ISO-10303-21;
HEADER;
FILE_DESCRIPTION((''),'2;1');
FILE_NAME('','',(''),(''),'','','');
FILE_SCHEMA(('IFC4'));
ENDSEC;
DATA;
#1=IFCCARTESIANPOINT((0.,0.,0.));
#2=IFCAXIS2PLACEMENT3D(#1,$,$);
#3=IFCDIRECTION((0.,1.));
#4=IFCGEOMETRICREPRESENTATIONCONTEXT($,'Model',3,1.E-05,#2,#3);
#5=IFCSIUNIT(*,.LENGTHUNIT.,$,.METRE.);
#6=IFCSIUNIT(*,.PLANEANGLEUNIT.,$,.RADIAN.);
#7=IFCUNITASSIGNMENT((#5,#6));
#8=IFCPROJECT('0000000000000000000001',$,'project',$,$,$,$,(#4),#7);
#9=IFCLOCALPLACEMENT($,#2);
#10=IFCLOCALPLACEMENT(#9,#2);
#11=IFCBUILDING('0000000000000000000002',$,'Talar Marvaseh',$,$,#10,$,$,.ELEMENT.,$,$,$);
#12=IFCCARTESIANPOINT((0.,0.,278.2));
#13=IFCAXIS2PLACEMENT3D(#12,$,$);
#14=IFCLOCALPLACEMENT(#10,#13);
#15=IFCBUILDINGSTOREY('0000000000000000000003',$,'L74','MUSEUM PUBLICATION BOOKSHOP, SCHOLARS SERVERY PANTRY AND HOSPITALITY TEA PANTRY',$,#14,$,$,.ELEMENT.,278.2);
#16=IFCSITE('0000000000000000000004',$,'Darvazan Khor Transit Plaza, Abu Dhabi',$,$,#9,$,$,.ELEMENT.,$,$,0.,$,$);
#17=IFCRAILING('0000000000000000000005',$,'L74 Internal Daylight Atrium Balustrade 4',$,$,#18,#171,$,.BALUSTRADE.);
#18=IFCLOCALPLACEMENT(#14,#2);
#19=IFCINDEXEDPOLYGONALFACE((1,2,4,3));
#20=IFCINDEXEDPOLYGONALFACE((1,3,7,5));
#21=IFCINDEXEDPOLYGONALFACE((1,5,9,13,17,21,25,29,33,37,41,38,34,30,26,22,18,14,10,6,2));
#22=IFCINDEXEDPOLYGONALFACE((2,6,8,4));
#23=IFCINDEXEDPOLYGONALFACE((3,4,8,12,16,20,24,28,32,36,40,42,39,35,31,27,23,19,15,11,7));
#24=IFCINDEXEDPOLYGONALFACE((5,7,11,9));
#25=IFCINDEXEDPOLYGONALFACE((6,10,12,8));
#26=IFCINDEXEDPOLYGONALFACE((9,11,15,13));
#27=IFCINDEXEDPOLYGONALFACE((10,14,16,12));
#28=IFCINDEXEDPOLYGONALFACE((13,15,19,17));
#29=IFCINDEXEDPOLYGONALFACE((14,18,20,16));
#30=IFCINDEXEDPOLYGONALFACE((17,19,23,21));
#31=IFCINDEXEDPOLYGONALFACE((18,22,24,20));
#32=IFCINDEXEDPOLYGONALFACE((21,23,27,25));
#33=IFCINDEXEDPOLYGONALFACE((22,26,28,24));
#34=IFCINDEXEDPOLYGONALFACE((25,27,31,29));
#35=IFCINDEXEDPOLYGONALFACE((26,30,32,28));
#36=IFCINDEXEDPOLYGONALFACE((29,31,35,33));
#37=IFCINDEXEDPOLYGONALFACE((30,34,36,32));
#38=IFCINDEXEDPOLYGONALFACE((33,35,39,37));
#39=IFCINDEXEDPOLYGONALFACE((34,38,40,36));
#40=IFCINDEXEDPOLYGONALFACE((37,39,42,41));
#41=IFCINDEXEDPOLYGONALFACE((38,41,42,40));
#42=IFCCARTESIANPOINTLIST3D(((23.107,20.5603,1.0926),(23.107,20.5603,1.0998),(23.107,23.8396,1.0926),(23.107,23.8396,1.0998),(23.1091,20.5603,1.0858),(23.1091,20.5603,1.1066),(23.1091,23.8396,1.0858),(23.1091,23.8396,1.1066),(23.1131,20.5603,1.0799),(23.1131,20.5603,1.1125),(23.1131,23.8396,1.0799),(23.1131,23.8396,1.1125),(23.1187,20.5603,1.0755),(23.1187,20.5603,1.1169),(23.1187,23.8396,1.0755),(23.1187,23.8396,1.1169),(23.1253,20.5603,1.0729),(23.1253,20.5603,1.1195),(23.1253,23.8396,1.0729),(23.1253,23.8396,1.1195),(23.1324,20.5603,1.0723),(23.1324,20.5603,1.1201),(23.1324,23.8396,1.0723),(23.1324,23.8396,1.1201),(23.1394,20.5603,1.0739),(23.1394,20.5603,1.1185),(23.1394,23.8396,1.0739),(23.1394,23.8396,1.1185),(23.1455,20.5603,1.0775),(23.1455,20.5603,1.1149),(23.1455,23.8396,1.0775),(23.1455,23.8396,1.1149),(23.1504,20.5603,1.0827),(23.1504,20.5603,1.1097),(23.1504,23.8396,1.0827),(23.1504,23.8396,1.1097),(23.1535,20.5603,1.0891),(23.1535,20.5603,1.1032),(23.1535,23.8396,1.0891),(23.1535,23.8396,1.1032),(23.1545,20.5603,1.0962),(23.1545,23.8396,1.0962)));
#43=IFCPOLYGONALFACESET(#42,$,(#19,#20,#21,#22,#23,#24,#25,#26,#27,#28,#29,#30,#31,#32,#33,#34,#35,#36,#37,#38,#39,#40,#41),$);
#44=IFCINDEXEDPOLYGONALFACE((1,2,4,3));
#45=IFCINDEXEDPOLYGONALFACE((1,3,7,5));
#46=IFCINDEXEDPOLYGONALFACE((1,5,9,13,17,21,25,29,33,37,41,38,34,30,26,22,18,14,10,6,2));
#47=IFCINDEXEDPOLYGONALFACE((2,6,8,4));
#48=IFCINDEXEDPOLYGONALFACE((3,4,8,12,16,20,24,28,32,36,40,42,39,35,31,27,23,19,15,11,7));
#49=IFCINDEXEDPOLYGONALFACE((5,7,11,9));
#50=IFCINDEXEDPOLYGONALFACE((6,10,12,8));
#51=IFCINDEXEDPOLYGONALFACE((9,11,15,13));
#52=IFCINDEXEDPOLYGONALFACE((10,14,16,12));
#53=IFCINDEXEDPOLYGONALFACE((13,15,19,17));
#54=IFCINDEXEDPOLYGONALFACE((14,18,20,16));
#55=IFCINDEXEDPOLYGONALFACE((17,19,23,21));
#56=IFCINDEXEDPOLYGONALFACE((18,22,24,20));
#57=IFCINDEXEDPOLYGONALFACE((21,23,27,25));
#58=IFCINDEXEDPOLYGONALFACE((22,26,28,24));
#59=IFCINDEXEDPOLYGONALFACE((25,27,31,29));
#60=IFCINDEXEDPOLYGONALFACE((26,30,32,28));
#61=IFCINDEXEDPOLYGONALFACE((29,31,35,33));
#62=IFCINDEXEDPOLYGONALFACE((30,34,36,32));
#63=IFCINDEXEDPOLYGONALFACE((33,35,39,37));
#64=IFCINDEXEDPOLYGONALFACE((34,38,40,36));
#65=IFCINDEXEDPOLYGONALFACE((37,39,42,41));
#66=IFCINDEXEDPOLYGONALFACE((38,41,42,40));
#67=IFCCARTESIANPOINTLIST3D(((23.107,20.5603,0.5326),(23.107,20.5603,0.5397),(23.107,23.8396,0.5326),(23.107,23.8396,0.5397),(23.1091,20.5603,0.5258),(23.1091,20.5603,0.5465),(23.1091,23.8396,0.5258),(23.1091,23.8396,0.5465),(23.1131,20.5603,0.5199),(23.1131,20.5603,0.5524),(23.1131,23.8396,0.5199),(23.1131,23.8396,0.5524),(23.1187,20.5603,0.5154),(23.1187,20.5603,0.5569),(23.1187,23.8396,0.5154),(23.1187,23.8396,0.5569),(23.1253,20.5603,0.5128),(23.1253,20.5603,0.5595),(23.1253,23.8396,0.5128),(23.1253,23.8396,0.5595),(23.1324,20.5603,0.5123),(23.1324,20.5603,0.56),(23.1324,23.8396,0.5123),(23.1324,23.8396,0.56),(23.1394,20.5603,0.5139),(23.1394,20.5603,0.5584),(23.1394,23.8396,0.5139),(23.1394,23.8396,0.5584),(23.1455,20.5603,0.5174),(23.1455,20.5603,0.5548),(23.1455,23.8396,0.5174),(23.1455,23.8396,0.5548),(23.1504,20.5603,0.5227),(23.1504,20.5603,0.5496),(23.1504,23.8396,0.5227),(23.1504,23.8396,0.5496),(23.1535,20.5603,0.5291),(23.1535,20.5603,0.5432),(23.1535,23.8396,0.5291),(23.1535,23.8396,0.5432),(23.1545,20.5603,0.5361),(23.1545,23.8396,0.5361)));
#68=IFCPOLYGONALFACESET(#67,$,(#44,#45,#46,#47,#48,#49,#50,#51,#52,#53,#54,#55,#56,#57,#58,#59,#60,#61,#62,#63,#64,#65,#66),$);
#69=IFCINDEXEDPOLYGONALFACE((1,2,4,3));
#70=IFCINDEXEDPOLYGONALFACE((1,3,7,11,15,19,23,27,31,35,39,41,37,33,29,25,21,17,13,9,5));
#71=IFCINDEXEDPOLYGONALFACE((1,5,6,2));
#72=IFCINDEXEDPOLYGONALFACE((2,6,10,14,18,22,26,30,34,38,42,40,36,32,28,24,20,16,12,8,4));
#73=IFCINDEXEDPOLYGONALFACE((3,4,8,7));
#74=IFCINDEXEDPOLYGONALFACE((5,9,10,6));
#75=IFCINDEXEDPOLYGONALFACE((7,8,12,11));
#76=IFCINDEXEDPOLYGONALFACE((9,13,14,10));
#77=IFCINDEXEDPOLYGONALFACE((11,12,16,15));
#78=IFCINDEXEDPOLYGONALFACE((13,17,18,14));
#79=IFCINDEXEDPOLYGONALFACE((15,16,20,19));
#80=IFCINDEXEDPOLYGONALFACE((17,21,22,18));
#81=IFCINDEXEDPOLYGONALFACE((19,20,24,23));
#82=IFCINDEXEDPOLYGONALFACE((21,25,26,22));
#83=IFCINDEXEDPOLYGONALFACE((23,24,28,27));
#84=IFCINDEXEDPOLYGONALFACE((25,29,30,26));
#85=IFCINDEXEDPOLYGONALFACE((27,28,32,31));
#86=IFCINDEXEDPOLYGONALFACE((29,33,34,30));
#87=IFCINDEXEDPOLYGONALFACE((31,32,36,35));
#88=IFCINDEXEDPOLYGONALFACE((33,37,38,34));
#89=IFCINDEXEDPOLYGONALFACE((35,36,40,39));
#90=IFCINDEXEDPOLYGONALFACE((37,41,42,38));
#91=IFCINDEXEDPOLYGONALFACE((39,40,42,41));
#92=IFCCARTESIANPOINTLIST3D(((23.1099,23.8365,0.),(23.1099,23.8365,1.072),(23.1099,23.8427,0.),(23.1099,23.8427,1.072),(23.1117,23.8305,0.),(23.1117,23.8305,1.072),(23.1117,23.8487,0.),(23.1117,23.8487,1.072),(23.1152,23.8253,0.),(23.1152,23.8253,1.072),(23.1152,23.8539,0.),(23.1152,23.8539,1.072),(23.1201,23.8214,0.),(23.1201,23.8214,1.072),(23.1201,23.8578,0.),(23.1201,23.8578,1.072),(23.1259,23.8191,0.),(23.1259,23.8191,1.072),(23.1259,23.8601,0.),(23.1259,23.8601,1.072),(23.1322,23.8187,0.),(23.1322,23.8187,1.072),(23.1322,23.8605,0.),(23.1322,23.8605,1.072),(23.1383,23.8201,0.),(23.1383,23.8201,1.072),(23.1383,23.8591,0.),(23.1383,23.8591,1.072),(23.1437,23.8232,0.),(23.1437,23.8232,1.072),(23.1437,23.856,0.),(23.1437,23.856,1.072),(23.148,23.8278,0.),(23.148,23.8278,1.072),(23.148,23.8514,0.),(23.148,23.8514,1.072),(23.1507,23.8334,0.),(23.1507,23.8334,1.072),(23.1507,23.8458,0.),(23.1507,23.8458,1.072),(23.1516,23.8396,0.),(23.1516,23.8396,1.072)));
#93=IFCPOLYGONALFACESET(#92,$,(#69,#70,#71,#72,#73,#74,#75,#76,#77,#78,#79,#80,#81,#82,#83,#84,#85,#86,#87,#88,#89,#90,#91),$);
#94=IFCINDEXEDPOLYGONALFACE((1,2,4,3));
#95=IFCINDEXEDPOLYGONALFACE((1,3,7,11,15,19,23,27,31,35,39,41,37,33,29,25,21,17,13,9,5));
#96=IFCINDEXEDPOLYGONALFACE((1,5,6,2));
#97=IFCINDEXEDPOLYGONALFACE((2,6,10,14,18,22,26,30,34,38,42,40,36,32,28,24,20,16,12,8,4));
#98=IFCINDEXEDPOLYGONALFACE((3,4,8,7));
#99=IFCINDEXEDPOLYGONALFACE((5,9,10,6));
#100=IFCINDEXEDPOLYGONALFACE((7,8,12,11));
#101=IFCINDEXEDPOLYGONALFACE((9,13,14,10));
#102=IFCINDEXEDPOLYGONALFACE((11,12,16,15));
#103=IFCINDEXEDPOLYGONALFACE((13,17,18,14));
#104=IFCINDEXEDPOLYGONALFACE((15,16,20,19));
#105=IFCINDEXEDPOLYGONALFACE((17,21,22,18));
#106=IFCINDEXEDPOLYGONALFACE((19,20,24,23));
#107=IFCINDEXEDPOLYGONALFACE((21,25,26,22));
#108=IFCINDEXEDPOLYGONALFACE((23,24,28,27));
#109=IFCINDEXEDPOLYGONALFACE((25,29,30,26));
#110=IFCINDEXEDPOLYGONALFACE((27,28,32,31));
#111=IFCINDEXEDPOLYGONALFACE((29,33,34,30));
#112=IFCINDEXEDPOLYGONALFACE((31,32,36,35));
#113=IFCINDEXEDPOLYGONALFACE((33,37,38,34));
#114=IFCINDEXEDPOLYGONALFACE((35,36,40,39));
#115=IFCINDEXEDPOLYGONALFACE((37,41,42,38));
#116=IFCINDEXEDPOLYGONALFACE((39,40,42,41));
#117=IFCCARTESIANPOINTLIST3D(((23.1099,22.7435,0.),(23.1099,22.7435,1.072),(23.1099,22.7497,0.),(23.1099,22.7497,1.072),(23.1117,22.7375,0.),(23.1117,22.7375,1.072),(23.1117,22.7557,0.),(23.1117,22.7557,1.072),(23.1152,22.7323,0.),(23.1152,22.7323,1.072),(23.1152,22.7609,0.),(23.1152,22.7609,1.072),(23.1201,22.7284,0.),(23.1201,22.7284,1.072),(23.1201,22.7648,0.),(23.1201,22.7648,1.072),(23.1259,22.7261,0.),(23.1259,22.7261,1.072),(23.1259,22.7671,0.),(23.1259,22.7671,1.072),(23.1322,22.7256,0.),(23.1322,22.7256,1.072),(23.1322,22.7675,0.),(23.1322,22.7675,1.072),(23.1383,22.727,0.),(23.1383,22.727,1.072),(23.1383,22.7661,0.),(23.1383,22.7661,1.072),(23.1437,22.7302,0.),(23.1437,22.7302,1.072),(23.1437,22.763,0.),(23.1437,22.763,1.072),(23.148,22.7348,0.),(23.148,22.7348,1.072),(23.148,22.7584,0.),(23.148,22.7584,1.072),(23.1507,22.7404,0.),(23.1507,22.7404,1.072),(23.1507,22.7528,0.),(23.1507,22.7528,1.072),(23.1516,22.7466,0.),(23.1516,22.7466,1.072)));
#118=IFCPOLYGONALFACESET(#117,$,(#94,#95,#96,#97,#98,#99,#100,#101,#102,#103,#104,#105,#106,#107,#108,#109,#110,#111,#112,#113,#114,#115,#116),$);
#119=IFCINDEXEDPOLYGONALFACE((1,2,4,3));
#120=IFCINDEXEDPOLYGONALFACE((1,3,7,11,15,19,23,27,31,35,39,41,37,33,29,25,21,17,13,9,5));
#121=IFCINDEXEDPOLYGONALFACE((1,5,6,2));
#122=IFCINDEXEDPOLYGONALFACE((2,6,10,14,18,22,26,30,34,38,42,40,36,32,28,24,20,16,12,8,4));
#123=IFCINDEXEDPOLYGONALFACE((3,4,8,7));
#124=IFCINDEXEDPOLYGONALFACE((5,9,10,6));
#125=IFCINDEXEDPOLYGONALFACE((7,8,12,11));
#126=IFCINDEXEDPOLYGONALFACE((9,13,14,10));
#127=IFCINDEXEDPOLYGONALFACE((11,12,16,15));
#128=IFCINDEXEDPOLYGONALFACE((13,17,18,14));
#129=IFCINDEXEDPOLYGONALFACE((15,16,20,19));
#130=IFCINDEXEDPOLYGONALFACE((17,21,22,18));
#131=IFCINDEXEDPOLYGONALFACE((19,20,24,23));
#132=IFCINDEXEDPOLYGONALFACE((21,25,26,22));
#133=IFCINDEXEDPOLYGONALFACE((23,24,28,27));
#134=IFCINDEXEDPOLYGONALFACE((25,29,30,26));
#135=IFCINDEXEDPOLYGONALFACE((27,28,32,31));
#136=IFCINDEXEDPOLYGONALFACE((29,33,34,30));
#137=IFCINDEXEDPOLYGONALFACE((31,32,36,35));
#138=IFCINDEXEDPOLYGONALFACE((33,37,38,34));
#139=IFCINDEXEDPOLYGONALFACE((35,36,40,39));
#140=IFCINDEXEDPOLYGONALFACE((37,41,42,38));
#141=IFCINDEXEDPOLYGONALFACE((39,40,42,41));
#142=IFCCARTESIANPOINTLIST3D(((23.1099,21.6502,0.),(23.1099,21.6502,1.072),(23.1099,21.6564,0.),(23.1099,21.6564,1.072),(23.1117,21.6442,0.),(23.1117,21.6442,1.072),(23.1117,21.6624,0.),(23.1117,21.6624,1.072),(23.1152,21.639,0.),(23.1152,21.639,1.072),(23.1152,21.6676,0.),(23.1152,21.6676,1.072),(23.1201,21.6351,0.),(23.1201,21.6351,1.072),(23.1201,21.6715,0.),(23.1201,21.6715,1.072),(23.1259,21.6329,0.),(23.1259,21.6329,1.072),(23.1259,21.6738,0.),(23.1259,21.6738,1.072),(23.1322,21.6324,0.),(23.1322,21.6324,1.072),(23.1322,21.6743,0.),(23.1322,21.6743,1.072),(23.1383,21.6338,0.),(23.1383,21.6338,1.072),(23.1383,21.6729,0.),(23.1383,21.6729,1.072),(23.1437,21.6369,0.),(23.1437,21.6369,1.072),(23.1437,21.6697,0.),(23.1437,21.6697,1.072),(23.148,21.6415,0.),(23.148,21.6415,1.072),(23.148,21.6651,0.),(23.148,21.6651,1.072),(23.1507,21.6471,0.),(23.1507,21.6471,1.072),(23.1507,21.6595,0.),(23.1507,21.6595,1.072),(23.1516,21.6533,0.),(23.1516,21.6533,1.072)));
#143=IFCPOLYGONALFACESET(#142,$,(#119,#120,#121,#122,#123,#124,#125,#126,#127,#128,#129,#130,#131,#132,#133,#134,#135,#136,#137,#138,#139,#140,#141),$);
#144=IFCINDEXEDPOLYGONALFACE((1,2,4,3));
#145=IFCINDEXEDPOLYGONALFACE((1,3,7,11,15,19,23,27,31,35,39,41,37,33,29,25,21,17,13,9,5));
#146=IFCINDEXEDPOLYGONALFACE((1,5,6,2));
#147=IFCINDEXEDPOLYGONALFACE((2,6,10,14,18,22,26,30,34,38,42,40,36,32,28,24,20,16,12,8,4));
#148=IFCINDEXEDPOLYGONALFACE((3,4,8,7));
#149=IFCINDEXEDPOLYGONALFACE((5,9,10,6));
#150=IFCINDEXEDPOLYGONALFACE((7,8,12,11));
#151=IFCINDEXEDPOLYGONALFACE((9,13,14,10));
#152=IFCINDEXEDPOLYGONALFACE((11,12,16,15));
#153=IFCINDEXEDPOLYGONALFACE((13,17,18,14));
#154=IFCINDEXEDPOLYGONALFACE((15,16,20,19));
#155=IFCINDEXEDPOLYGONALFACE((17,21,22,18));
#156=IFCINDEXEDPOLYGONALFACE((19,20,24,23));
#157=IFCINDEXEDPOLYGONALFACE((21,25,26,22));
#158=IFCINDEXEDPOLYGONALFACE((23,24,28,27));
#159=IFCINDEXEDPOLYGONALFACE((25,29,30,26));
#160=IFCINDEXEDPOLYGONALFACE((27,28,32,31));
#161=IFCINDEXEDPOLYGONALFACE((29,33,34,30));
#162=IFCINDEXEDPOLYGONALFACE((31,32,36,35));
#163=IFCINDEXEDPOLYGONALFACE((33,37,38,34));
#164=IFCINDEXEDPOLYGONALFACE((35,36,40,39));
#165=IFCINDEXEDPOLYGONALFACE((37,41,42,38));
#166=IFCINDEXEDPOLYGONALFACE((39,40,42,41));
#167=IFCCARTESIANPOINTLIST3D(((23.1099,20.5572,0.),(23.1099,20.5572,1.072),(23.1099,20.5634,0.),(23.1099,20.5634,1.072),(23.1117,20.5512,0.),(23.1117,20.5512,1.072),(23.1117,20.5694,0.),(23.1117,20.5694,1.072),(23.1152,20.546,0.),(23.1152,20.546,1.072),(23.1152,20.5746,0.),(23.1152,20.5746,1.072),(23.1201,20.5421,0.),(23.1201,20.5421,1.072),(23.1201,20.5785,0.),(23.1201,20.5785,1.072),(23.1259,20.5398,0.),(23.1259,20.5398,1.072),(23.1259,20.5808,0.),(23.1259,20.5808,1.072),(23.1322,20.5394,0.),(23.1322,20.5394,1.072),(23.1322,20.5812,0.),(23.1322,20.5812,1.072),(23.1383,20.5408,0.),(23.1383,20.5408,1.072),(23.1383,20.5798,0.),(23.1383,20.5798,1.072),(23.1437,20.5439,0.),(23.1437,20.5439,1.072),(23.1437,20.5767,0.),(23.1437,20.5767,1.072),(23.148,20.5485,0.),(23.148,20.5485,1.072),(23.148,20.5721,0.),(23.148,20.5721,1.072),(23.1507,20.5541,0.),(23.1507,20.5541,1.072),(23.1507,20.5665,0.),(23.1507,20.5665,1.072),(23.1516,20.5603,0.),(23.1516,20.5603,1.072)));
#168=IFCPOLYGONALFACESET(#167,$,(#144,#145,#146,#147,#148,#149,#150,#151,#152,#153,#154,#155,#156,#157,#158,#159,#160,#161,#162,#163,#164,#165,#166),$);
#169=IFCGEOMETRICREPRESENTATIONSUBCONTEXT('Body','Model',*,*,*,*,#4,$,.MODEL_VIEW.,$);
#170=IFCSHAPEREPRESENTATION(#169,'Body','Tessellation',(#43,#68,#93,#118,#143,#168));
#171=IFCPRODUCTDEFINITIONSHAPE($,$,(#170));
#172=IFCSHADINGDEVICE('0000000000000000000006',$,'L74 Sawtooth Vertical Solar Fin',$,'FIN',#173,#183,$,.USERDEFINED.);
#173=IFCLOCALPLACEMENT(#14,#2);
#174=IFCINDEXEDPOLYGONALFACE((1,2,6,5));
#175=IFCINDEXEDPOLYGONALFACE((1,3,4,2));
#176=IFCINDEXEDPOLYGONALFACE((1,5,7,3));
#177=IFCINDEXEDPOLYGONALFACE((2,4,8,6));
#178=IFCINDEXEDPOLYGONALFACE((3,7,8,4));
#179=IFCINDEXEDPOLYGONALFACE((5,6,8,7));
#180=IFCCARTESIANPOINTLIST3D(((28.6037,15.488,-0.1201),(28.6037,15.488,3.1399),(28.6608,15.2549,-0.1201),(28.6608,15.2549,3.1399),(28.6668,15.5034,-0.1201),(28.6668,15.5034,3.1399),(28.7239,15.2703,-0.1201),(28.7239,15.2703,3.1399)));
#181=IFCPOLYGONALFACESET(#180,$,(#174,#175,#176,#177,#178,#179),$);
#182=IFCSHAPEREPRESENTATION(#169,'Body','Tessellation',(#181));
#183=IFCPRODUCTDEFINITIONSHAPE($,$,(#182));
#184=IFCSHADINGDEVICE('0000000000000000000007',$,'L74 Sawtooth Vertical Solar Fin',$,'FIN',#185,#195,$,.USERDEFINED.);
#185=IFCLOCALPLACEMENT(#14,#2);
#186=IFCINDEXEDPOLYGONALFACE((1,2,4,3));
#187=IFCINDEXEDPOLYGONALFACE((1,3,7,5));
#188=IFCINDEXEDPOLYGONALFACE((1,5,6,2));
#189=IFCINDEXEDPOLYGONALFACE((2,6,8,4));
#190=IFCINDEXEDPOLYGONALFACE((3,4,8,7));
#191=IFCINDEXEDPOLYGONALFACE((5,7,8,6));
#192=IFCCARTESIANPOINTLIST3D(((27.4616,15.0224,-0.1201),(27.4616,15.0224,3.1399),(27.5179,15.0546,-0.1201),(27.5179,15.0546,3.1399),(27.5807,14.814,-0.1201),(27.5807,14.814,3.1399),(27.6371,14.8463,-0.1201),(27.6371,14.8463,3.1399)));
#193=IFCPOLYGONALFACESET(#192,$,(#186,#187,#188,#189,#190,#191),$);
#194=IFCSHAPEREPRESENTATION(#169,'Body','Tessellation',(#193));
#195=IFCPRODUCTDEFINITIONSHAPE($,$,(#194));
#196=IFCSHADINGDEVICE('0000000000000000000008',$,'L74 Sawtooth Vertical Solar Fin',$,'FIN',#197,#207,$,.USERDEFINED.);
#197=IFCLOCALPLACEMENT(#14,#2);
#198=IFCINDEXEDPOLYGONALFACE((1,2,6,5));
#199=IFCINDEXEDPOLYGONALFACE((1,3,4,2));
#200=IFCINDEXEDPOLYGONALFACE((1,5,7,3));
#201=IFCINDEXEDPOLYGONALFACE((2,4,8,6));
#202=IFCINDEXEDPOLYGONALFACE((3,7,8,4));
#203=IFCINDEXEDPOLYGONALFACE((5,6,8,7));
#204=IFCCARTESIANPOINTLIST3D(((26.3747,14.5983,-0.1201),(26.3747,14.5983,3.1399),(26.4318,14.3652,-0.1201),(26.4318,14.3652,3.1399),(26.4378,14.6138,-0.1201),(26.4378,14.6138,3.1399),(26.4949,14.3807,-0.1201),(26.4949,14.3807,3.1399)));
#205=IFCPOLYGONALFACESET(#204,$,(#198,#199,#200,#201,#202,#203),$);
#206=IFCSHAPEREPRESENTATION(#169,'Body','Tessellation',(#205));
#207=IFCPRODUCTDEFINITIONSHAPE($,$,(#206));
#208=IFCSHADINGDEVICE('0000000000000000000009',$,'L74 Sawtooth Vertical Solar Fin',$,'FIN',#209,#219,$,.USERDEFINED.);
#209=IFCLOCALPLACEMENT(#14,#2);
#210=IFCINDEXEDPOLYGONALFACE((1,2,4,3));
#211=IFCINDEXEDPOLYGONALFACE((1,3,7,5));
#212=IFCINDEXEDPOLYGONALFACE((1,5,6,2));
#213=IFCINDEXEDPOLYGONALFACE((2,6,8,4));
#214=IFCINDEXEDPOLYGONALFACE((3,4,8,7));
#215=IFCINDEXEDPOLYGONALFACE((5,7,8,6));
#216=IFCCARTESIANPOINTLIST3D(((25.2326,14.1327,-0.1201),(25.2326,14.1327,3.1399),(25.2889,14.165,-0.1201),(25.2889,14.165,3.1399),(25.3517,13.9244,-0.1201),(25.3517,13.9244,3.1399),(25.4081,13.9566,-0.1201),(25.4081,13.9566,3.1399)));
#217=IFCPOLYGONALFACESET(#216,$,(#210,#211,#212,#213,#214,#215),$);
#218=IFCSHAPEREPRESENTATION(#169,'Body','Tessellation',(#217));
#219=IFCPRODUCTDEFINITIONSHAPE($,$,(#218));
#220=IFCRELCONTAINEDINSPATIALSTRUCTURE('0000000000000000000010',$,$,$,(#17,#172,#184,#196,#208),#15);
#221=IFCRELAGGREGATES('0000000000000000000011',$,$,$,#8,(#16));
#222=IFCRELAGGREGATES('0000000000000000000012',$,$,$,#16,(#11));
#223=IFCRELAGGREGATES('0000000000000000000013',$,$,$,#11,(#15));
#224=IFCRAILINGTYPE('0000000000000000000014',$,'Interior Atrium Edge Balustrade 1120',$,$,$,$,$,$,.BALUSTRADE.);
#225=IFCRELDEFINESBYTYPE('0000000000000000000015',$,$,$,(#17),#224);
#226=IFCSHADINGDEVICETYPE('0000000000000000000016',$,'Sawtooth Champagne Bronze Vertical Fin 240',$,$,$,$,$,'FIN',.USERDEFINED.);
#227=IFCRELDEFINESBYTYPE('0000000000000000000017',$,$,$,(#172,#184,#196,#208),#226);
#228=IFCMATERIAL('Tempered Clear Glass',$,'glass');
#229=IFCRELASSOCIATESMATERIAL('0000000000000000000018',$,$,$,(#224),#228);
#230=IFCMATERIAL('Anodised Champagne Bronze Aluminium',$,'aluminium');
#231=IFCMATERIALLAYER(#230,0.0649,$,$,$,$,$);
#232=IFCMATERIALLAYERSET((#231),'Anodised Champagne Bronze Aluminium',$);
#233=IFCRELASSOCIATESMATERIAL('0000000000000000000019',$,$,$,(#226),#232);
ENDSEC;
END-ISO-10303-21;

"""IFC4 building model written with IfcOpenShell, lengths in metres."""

from ifc_helpers import new_model, si_unit, direction, frame, origin, origin_2d, place, context, subcontext, project, spatial, rectangle, circle, extrude, source, transform, mapped, material, layer, layer_set, type_object, type_shapes, element, save


model = new_model("IFC4")

# Units and contexts
model_context = context("Model", 3, precision=1e-05, world=origin(), true_north=direction((0.0, 1.0)))
body_context = subcontext(model_context, "Body", "Model", "MODEL_VIEW")
ifc_project = project(units=[si_unit("LENGTHUNIT", "METRE"), si_unit("PLANEANGLEUNIT", "RADIAN")], contexts=[model_context])

# Site, building, storey
site_placement = place(None, origin())
site = spatial("IfcSite", under=ifc_project, at=site_placement, Name="Darvazan Khor Transit Plaza, Abu Dhabi", CompositionType="ELEMENT", RefElevation=0.0)
building_placement = place(site_placement, origin())
building = spatial("IfcBuilding", under=site, at=building_placement, Name="Talar Marvaseh", CompositionType="ELEMENT")
storey_placement = place(building_placement, frame((0.0, 0.0, 278.2)))
storey = spatial("IfcBuildingStorey", under=building, at=storey_placement, Name="L74", Description="MUSEUM PUBLICATION BOOKSHOP, SCHOLARS SERVERY PANTRY AND HOSPITALITY TEA PANTRY", CompositionType="ELEMENT", Elevation=278.2)

# Railing
ifc_material_1 = material(Name="Tempered Clear Glass", Category="glass")
railing_type = type_object("IfcRailingType", Name="Interior Atrium Edge Balustrade 1120", PredefinedType="BALUSTRADE", material=ifc_material_1)
railing_1_placement = place(storey_placement, frame((23.1306, 23.8396, 0.0)))
element("IfcRailing", 1, at=railing_1_placement, inside=storey, type_object=railing_type, Name="L74 Internal Daylight Atrium Balustrade 4", PredefinedType="BALUSTRADE", context=body_context, shape_type="SweptSolid", body=[
    extrude(circle(Radius=0.0239, at=origin_2d()), frame((0.0, 0.0, 1.0962), z_axis=(0.0, -1.0, 0.0), x_axis=(1.0, 0.0, 0.0)), (0.0, 0.0, 1.0), 3.2793),
    extrude(circle(Radius=0.0239, at=origin_2d()), frame((0.0, 0.0, 0.5361), z_axis=(0.0, -1.0, 0.0), x_axis=(1.0, 0.0, 0.0)), (0.0, 0.0, 1.0), 3.2793),
    extrude(circle(Radius=0.021, at=origin_2d()), origin(), (0.0, 0.0, 1.0), 1.072),
    extrude(circle(Radius=0.021, at=origin_2d()), frame((0.0, -1.093, 0.0)), (0.0, 0.0, 1.0), 1.072),
    extrude(circle(Radius=0.021, at=origin_2d()), frame((0.0, -2.1863, 0.0)), (0.0, 0.0, 1.0), 1.072),
    extrude(circle(Radius=0.021, at=origin_2d()), frame((0.0, -3.2793, 0.0)), (0.0, 0.0, 1.0), 1.072),
])

# Shading devices
ifc_material_2 = material(Name="Anodised Champagne Bronze Aluminium", Category="aluminium")
ifc_layer_1 = layer(ifc_material_2, 0.0649)
ifc_layer_set_1 = layer_set([ifc_layer_1], Name="Anodised Champagne Bronze Aluminium")
shading_device_type = type_object("IfcShadingDeviceType", Name="Sawtooth Champagne Bronze Vertical Fin 240", ElementType="FIN", PredefinedType="USERDEFINED", material=ifc_layer_set_1)
shared_shape_1 = source(origin(), body_context, "Body", "SweptSolid", [
    extrude(rectangle(XDim=0.24, YDim=0.0649, at=origin_2d()), origin(), (0.0, 0.0, 1.0), 3.26),
])
type_shapes(shading_device_type, [shared_shape_1])
for number, where, z_axis, x_axis, name in (
    (2, (28.6638, 15.3792, -0.1201), (0.0, 0.0, 1.0), (0.237855, -0.971301, 0.0), "L74 Sawtooth Vertical Solar Fin"),
    (3, (27.5493, 14.9343, -0.1201), (0.0, 0.0, 1.0), (0.496368, -0.868112, 0.0), "L74 Sawtooth Vertical Solar Fin"),
    (4, (26.4348, 14.4895, -0.1201), (0.0, 0.0, 1.0), (0.237855, -0.971301, 0.0), "L74 Sawtooth Vertical Solar Fin"),
    (5, (25.3203, 14.0447, -0.1201), (0.0, 0.0, 1.0), (0.496368, -0.868112, 0.0), "L74 Sawtooth Vertical Solar Fin"),
):
    element("IfcShadingDevice", number, at=place(storey_placement, frame(where, z_axis=z_axis, x_axis=x_axis)), inside=storey, type_object=shading_device_type, Name=name, ObjectType="FIN", PredefinedType="USERDEFINED", context=body_context, shape_type="MappedRepresentation", body=[
        mapped(shared_shape_1, transform((0.0, 0.0, 0.0), x_axis=(1.0, 0.0, 0.0), y_axis=(0.0, 1.0, 0.0), z_axis=(0.0, 0.0, 1.0), scale=1.0)),
    ])

save(model, "model.ifc")
